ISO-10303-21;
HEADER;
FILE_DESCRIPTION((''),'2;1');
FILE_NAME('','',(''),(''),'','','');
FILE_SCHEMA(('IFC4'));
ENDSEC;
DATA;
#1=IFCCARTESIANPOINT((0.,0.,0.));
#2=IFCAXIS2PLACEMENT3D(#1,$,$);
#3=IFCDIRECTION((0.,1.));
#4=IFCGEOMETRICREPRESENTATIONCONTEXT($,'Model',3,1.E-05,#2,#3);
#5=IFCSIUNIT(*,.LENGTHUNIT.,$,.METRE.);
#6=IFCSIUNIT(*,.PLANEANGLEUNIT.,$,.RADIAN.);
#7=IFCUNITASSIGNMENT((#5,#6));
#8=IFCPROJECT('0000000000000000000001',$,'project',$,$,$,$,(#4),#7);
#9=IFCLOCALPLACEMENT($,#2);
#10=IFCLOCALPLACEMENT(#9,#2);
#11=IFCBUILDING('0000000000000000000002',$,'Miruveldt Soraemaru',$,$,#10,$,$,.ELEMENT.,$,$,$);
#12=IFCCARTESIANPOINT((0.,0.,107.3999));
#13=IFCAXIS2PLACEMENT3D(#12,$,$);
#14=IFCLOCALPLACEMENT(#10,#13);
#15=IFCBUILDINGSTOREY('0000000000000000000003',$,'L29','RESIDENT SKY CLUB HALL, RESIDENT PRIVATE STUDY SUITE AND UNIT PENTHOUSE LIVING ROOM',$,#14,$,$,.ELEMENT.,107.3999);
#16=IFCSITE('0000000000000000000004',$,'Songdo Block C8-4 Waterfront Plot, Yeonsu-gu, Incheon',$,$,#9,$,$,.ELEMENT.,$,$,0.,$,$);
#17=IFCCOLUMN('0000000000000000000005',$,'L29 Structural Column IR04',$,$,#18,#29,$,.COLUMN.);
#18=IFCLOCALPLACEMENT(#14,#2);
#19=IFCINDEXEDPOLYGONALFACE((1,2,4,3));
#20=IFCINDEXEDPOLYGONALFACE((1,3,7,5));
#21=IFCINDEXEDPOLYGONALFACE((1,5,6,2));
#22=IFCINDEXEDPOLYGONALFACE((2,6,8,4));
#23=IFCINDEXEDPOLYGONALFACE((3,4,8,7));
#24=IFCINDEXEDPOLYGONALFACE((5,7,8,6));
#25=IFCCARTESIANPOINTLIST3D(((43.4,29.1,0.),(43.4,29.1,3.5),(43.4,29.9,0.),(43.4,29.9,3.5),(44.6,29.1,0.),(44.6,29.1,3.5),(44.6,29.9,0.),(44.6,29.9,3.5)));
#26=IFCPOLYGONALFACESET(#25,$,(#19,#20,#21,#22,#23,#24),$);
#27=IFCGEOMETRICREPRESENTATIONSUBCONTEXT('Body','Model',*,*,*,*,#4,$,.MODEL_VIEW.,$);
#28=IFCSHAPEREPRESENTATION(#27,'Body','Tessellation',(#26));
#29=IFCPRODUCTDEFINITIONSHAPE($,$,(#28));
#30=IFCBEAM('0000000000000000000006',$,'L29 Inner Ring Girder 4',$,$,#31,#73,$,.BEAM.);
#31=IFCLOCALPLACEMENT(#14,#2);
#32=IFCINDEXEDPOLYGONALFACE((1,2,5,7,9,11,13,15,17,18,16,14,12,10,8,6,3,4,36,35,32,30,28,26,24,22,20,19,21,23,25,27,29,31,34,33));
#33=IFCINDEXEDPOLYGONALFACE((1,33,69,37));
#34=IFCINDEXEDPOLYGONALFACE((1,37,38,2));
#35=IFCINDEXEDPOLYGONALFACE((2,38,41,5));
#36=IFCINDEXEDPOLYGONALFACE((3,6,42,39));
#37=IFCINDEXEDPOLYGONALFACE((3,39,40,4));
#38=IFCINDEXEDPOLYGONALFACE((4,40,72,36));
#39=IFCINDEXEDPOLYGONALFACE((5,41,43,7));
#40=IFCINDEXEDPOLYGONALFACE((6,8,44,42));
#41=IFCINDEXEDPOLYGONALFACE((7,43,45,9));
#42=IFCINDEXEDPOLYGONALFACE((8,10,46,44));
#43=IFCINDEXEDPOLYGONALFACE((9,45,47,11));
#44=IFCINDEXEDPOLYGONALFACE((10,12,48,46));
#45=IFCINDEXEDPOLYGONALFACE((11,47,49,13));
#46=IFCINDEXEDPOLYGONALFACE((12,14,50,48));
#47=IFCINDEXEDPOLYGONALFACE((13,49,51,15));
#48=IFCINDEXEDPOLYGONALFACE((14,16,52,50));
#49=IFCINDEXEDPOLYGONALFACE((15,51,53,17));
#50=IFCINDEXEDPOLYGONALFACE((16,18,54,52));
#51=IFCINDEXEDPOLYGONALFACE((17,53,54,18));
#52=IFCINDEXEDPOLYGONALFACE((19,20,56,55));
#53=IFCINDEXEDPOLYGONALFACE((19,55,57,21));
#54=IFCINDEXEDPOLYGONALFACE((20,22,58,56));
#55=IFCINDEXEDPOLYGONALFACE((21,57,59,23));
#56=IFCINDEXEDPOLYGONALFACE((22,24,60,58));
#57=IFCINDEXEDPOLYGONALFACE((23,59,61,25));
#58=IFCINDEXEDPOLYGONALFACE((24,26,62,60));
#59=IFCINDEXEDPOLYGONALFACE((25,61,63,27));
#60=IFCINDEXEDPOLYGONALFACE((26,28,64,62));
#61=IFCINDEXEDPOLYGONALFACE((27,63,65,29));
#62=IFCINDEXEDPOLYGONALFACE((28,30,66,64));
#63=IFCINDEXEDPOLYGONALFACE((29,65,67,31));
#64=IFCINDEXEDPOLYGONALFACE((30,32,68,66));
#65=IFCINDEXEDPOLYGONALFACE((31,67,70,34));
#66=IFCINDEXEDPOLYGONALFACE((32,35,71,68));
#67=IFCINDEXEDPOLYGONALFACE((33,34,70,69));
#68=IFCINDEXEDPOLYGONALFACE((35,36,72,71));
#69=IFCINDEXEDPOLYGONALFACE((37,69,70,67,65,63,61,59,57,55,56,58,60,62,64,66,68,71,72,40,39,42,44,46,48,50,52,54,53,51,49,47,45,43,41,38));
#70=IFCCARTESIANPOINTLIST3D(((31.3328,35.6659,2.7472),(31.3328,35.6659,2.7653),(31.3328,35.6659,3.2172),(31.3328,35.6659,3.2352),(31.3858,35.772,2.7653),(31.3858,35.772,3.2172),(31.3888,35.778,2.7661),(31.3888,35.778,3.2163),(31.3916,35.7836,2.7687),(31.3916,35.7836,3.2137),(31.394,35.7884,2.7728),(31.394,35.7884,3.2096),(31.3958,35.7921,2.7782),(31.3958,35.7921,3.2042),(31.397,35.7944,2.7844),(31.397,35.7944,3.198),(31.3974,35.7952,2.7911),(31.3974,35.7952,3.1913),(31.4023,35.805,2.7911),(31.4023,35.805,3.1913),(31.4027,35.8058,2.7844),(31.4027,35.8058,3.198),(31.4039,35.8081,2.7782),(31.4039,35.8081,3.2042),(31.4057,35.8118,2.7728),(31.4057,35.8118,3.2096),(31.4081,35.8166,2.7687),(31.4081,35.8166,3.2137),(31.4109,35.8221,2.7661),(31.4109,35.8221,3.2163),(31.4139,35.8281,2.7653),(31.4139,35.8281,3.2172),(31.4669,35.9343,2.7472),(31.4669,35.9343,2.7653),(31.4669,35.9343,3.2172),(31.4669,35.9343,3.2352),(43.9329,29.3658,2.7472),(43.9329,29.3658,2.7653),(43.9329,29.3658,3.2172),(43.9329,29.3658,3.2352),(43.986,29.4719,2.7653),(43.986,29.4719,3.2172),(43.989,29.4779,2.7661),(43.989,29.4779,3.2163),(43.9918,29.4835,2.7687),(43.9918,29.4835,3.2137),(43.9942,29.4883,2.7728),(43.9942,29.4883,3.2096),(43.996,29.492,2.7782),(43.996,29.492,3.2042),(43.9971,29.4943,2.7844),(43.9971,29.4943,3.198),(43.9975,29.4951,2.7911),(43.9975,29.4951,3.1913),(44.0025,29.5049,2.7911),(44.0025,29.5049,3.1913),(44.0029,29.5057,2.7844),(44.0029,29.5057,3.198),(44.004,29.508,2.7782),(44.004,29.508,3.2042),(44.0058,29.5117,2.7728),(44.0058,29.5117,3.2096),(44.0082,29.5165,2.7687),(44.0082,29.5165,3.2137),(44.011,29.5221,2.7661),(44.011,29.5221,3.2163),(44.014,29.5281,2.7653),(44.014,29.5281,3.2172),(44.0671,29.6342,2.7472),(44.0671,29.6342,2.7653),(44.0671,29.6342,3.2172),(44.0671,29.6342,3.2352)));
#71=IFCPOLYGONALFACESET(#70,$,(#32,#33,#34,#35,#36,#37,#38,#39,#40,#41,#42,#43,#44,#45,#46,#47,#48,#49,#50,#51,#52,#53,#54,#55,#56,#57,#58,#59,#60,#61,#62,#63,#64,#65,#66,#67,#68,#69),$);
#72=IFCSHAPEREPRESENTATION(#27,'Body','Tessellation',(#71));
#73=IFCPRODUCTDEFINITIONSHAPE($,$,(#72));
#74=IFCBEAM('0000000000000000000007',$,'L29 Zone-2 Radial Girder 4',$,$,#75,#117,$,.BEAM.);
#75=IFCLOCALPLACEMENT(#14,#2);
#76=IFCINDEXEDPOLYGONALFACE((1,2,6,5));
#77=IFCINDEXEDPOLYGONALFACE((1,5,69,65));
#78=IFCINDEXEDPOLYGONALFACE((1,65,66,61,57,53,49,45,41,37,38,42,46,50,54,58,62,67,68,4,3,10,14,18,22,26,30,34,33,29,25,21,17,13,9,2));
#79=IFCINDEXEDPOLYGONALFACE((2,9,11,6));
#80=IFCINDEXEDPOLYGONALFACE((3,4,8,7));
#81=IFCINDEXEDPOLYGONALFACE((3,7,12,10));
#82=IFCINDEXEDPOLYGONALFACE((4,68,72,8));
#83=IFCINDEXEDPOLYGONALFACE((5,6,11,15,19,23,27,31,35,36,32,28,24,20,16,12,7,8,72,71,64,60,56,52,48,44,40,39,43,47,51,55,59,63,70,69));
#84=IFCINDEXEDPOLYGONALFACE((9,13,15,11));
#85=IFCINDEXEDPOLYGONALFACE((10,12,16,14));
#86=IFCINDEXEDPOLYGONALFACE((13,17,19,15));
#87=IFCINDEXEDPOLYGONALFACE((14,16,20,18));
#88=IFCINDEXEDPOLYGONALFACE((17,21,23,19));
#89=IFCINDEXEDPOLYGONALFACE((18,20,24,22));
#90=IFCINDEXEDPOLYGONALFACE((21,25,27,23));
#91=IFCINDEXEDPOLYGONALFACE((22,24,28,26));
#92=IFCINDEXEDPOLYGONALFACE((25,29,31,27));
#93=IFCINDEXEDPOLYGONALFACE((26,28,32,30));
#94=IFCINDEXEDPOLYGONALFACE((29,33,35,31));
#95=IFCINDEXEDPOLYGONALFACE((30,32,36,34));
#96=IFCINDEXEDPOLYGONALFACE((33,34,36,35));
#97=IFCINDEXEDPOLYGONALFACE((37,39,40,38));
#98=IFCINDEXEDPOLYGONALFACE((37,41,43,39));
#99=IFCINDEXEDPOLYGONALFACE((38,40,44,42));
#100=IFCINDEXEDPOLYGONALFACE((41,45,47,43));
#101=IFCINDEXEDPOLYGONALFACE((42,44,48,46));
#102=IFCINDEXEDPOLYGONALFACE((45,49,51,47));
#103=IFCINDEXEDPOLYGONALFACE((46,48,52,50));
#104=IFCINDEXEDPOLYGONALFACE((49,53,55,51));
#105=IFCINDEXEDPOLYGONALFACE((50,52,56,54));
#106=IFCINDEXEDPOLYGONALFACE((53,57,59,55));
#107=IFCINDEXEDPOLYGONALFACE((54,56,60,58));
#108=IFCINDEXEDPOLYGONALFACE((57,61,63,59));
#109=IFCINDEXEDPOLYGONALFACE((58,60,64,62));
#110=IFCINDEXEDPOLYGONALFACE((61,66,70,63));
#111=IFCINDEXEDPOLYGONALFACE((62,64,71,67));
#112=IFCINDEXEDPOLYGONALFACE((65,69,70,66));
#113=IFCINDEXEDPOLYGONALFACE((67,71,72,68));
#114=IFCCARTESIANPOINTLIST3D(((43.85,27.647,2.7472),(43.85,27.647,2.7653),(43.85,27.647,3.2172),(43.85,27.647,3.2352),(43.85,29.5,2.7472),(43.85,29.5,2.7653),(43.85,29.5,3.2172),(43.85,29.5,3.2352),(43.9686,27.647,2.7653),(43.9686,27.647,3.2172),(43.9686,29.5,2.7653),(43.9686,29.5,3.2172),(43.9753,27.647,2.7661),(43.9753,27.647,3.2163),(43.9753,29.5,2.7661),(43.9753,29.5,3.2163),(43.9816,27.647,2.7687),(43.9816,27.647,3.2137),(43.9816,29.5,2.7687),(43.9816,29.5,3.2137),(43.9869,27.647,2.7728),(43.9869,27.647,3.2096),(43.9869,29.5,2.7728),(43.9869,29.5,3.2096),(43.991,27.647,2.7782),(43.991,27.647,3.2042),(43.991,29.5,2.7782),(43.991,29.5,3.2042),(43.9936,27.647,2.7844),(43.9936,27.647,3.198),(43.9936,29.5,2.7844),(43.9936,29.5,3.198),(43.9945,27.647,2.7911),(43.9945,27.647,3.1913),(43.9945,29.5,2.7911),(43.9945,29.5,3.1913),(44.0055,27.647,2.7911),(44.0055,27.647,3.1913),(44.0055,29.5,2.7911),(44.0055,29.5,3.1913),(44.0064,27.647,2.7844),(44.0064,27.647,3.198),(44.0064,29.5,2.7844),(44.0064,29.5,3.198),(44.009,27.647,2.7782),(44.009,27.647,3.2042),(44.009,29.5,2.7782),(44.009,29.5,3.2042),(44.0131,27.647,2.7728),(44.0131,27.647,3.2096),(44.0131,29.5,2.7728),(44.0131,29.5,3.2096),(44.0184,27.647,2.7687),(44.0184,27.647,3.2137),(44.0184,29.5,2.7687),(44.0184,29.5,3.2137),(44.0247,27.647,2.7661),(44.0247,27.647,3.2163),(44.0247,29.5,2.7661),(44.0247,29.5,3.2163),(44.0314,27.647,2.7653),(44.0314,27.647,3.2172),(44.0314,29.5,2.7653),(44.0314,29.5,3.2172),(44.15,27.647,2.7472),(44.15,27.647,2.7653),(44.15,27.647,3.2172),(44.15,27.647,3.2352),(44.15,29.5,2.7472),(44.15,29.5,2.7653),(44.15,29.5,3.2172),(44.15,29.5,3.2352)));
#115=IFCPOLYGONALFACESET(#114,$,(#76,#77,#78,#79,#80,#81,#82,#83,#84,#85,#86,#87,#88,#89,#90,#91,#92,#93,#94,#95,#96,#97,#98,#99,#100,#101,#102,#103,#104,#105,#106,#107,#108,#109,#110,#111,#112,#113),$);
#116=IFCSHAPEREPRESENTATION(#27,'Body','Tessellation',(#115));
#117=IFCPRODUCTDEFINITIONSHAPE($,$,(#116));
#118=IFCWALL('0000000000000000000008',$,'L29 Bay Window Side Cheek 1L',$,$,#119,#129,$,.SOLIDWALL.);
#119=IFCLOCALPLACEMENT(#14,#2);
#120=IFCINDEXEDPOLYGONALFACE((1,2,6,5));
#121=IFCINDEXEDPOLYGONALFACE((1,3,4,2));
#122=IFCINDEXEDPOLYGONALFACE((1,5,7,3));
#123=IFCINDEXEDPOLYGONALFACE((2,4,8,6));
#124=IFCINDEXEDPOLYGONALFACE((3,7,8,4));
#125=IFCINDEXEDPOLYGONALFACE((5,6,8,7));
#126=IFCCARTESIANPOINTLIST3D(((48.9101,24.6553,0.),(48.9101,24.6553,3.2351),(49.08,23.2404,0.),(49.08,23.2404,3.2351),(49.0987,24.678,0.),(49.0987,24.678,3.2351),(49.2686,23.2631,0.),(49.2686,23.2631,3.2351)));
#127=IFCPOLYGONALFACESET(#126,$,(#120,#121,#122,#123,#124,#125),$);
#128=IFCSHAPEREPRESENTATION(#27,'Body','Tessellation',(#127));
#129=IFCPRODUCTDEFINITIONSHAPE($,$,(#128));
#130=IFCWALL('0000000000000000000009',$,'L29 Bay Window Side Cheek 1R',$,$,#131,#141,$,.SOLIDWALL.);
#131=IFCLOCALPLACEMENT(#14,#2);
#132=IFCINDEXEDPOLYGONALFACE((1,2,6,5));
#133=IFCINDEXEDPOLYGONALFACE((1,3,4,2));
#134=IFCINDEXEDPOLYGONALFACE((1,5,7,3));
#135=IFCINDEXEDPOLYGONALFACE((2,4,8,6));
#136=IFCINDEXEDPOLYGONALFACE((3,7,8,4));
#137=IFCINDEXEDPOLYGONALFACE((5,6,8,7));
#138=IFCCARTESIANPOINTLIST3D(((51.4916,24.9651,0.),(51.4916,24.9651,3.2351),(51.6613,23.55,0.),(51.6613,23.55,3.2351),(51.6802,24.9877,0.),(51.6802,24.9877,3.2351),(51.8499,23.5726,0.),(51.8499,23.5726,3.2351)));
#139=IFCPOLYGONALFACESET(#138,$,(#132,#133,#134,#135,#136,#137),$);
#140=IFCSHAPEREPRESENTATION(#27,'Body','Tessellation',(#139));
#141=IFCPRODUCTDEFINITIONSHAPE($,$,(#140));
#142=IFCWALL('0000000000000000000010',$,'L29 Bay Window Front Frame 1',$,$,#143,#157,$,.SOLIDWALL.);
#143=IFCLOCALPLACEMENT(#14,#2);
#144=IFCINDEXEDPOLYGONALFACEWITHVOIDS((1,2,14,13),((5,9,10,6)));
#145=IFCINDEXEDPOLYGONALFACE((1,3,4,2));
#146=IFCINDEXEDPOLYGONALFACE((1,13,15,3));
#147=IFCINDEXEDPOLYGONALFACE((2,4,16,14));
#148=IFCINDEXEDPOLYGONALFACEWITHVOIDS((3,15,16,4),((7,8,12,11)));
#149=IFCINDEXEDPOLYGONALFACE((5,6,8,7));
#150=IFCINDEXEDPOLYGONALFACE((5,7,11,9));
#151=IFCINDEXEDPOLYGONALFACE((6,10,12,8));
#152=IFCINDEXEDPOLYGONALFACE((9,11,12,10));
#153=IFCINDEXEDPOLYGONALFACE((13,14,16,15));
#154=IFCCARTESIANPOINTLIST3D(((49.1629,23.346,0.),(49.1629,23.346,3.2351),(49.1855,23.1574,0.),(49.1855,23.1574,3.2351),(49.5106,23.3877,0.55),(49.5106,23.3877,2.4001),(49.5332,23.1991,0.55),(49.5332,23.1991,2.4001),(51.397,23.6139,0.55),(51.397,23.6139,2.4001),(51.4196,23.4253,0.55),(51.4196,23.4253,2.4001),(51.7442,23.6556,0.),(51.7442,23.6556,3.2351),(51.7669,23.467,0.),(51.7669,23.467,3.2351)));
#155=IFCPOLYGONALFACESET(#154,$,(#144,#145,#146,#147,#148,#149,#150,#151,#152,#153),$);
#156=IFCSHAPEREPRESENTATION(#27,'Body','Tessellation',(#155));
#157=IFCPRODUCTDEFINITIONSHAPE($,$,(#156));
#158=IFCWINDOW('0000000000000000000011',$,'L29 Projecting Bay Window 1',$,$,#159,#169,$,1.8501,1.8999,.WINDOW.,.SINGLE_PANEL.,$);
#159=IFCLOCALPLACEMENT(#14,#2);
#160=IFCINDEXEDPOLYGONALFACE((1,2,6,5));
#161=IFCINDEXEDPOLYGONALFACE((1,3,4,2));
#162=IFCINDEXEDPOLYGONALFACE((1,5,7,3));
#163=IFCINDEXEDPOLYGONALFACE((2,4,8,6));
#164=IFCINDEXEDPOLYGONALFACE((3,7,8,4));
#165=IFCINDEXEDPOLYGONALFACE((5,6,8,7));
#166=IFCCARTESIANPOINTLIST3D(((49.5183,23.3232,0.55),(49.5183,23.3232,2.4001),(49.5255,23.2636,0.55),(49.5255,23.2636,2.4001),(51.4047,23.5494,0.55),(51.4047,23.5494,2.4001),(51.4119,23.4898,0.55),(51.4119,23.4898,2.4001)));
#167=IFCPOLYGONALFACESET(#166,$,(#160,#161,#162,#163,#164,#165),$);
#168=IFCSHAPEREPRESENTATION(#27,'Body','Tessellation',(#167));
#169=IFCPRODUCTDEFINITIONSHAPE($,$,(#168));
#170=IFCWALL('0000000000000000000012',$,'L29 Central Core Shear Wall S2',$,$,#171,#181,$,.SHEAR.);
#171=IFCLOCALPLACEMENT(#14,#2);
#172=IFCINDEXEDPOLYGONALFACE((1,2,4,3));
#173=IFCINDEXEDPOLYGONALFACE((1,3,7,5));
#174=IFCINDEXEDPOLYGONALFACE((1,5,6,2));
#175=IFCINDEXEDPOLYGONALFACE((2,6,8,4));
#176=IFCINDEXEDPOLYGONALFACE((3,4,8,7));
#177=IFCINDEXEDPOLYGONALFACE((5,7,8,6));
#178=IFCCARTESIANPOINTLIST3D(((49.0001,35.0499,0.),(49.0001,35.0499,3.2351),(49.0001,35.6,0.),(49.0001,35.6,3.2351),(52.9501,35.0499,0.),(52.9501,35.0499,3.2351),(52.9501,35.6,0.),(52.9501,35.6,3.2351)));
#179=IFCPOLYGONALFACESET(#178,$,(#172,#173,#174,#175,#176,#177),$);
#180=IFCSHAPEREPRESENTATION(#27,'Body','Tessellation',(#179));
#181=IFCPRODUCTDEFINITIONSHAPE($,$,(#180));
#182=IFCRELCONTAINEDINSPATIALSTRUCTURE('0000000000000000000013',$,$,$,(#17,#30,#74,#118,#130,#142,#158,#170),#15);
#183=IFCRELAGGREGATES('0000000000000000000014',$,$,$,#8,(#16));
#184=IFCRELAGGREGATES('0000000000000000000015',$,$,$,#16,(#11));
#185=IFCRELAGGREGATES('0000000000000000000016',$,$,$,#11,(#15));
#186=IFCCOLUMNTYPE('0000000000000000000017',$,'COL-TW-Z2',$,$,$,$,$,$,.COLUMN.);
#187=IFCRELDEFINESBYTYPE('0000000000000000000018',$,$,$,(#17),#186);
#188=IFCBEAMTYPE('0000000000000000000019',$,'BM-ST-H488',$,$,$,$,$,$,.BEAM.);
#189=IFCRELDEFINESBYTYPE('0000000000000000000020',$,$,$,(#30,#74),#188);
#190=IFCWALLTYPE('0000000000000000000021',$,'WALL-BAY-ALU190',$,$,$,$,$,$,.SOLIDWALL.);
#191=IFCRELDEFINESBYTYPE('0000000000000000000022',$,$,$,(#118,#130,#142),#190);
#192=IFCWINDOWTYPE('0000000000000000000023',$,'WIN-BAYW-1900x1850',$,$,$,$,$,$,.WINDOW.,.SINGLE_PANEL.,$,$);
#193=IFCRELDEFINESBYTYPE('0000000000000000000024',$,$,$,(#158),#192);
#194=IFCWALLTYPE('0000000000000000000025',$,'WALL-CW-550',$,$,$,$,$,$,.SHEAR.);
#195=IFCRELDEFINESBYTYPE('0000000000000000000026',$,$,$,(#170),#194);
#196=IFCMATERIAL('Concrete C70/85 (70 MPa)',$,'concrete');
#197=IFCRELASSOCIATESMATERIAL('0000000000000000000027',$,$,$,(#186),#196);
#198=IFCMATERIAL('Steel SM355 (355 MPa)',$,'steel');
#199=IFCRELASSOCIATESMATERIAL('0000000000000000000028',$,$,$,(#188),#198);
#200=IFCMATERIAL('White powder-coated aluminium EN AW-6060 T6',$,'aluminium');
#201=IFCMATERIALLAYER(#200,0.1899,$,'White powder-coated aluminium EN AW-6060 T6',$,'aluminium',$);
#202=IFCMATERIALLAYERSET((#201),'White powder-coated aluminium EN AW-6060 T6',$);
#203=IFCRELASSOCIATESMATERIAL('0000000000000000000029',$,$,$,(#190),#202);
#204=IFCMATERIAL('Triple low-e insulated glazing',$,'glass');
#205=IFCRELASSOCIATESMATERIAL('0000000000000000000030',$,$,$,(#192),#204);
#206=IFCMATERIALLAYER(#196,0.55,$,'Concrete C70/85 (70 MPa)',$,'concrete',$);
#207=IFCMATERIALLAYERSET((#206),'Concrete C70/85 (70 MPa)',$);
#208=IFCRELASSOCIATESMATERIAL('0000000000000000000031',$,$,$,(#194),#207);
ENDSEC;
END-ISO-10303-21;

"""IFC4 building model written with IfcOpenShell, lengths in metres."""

from ifc_helpers import new_model, si_unit, direction, frame, frame_2d, origin, origin_2d, place, context, subcontext, project, spatial, rectangle, i_section, extrude, material, layer, layer_set, material_profile, profile_set, type_object, element, fill, save


model = new_model("IFC4")

# Units and contexts
model_context = context("Model", 3, precision=1e-05, world=origin(), true_north=direction((0.0, 1.0)))
body_context = subcontext(model_context, "Body", "Model", "MODEL_VIEW")
ifc_project = project(units=[si_unit("LENGTHUNIT", "METRE"), si_unit("PLANEANGLEUNIT", "RADIAN")], contexts=[model_context])

# Site, building, storey
site_placement = place(None, origin())
site = spatial("IfcSite", under=ifc_project, at=site_placement, Name="Songdo Block C8-4 Waterfront Plot, Yeonsu-gu, Incheon", CompositionType="ELEMENT", RefElevation=0.0)
building_placement = place(site_placement, origin())
building = spatial("IfcBuilding", under=site, at=building_placement, Name="Miruveldt Soraemaru", CompositionType="ELEMENT")
storey_placement = place(building_placement, frame((0.0, 0.0, 107.3999)))
storey = spatial("IfcBuildingStorey", under=building, at=storey_placement, Name="L29", Description="RESIDENT SKY CLUB HALL, RESIDENT PRIVATE STUDY SUITE AND UNIT PENTHOUSE LIVING ROOM", CompositionType="ELEMENT", Elevation=107.3999)

# Column
ifc_material_1 = material(Name="Concrete C70/85 (70 MPa)", Category="concrete")
ifc_material_profile_1 = material_profile(ifc_material_1, rectangle(XDim=1.2, YDim=0.8, at=origin_2d()), Name="Concrete C70/85 (70 MPa)", Category="concrete")
ifc_profile_set_1 = profile_set([ifc_material_profile_1], Name="Concrete C70/85 (70 MPa)")
column_type = type_object("IfcColumnType", Name="COL-TW-Z2", PredefinedType="COLUMN", material=ifc_profile_set_1)
column_placement = place(storey_placement, frame((44.0, 29.5, 0.0), z_axis=(0.0, 0.0, 1.0), x_axis=(1.0, 0.0, 0.0)))
element("IfcColumn", 1, at=column_placement, inside=storey, type_object=column_type, Name="L29 Structural Column IR04", PredefinedType="COLUMN", context=body_context, shape_type="SweptSolid", body=[
    extrude(rectangle(XDim=1.2, YDim=0.8, at=origin_2d()), origin(), (0.0, 0.0, 1.0), 3.5),
])

# Beams
ifc_material_2 = material(Name="Steel SM355 (355 MPa)", Category="steel")
ifc_material_profile_2 = material_profile(ifc_material_2, i_section(OverallWidth=0.3, OverallDepth=0.488, WebThickness=0.011, FlangeThickness=0.0181, FilletRadius=0.0259, at=origin_2d()), Name="Steel SM355 (355 MPa)", Category="steel")
ifc_profile_set_2 = profile_set([ifc_material_profile_2], Name="Steel SM355 (355 MPa)")
beam_type = type_object("IfcBeamType", Name="BM-ST-H488", PredefinedType="BEAM", material=ifc_profile_set_2)
beam_1_placement = place(storey_placement, frame((44.0, 29.5, 2.9912), z_axis=(-0.894427, 0.447214, 0.0), x_axis=(-0.447214, -0.894427, 0.0)))
element("IfcBeam", 2, at=beam_1_placement, inside=storey, type_object=beam_type, Name="L29 Inner Ring Girder 4", PredefinedType="BEAM", context=body_context, shape_type="SweptSolid", body=[
    extrude(i_section(OverallWidth=0.3, OverallDepth=0.488, WebThickness=0.011, FlangeThickness=0.0181, FilletRadius=0.0259, at=origin_2d()), origin(), (0.0, 0.0, 1.0), 14.0874),
])
beam_2_placement = place(storey_placement, frame((44.0, 29.5, 2.9912), z_axis=(0.0, -1.0, 0.0), x_axis=(1.0, 0.0, 0.0)))
element("IfcBeam", 3, at=beam_2_placement, inside=storey, type_object=beam_type, Name="L29 Zone-2 Radial Girder 4", PredefinedType="BEAM", context=body_context, shape_type="SweptSolid", body=[
    extrude(i_section(OverallWidth=0.3, OverallDepth=0.488, WebThickness=0.011, FlangeThickness=0.0181, FilletRadius=0.0259, at=origin_2d()), origin(), (0.0, 0.0, 1.0), 1.853),
])

# Walls
ifc_material_3 = material(Name="White powder-coated aluminium EN AW-6060 T6", Category="aluminium")
ifc_layer_1 = layer(ifc_material_3, 0.1899, Name="White powder-coated aluminium EN AW-6060 T6", Category="aluminium")
ifc_layer_set_1 = layer_set([ifc_layer_1], Name="White powder-coated aluminium EN AW-6060 T6")
wall_type_1 = type_object("IfcWallType", Name="WALL-BAY-ALU190", PredefinedType="SOLIDWALL", material=ifc_layer_set_1)
wall_1_placement = place(storey_placement, frame((49.0044, 24.6665, 0.0), z_axis=(0.0, 0.0, 1.0), x_axis=(0.119247, -0.992865, 0.0)))
element("IfcWall", 4, at=wall_1_placement, inside=storey, type_object=wall_type_1, Name="L29 Bay Window Side Cheek 1L", PredefinedType="SOLIDWALL", context=body_context, shape_type="SweptSolid", body=[
    extrude(rectangle(XDim=1.425, YDim=0.1899, at=frame_2d((0.7124, 0.0))), origin(), (0.0, 0.0, 1.0), 3.2351),
])
wall_2_placement = place(storey_placement, frame((51.7556, 23.5613, 0.0), z_axis=(0.0, 0.0, 1.0), x_axis=(-0.119057, 0.992887, 0.0)))
element("IfcWall", 5, at=wall_2_placement, inside=storey, type_object=wall_type_1, Name="L29 Bay Window Side Cheek 1R", PredefinedType="SOLIDWALL", context=body_context, shape_type="SweptSolid", body=[
    extrude(rectangle(XDim=1.4253, YDim=0.1899, at=frame_2d((0.7126, 0.0))), origin(), (0.0, 0.0, 1.0), 3.2351),
])

# Wall, opening, window
wall_3_placement = place(storey_placement, frame((49.1743, 23.2517, 0.0), z_axis=(0.0, 0.0, 1.0), x_axis=(0.992885, 0.119075, 0.0)))
wall_3 = element("IfcWall", 6, at=wall_3_placement, inside=storey, type_object=wall_type_1, Name="L29 Bay Window Front Frame 1", PredefinedType="SOLIDWALL", context=body_context, shape_type="SweptSolid", body=[
    extrude(rectangle(XDim=2.5999, YDim=0.1899, at=frame_2d((1.2998, 0.0))), origin(), (0.0, 0.0, 1.0), 3.2351),
])
opening_1_placement = place(wall_3_placement, frame((0.3501, 0.0, 0.55)))
opening_1 = element("IfcOpeningElement", 7, at=opening_1_placement, cuts=wall_3, PredefinedType="OPENING", context=body_context, shape_type="SweptSolid", body=[
    extrude(rectangle(XDim=1.8999, YDim=1.8501, at=frame_2d((0.95, 0.925))), frame((0.0, 0.105, 0.0), z_axis=(0.0, -1.0, 0.0), x_axis=(1.0, 0.0, 0.0)), (0.0, 0.0, 1.0), 0.21),
])
ifc_material_4 = material(Name="Triple low-e insulated glazing", Category="glass")
window_type_1 = type_object("IfcWindowType", Name="WIN-BAYW-1900x1850", PartitioningType="SINGLE_PANEL", PredefinedType="WINDOW", material=ifc_material_4)
window_1_placement = place(opening_1_placement, origin())
window_1 = element("IfcWindow", 8, at=window_1_placement, inside=storey, type_object=window_type_1, Name="L29 Projecting Bay Window 1", OverallHeight=1.8501, OverallWidth=1.8999, PartitioningType="SINGLE_PANEL", PredefinedType="WINDOW", context=body_context, shape_type="SweptSolid", body=[
    extrude(rectangle(XDim=1.8999, YDim=1.8501, at=frame_2d((0.95, 0.925))), frame((0.0, 0.03, 0.0), z_axis=(0.0, -1.0, 0.0), x_axis=(1.0, 0.0, 0.0)), (0.0, 0.0, 1.0), 0.0601),
])
fill(opening_1, window_1)

# Wall
ifc_layer_2 = layer(ifc_material_1, 0.55, Name="Concrete C70/85 (70 MPa)", Category="concrete")
ifc_layer_set_2 = layer_set([ifc_layer_2], Name="Concrete C70/85 (70 MPa)")
wall_type_2 = type_object("IfcWallType", Name="WALL-CW-550", PredefinedType="SHEAR", material=ifc_layer_set_2)
wall_4_placement = place(storey_placement, frame((49.0, 35.325, 0.0), z_axis=(0.0, 0.0, 1.0), x_axis=(1.0, 0.0, 0.0)))
element("IfcWall", 9, at=wall_4_placement, inside=storey, type_object=wall_type_2, Name="L29 Central Core Shear Wall S2", PredefinedType="SHEAR", context=body_context, shape_type="SweptSolid", body=[
    extrude(rectangle(XDim=3.95, YDim=0.55, at=frame_2d((1.9751, 0.0))), origin(), (0.0, 0.0, 1.0), 3.2351),
])

save(model, "model.ifc")
